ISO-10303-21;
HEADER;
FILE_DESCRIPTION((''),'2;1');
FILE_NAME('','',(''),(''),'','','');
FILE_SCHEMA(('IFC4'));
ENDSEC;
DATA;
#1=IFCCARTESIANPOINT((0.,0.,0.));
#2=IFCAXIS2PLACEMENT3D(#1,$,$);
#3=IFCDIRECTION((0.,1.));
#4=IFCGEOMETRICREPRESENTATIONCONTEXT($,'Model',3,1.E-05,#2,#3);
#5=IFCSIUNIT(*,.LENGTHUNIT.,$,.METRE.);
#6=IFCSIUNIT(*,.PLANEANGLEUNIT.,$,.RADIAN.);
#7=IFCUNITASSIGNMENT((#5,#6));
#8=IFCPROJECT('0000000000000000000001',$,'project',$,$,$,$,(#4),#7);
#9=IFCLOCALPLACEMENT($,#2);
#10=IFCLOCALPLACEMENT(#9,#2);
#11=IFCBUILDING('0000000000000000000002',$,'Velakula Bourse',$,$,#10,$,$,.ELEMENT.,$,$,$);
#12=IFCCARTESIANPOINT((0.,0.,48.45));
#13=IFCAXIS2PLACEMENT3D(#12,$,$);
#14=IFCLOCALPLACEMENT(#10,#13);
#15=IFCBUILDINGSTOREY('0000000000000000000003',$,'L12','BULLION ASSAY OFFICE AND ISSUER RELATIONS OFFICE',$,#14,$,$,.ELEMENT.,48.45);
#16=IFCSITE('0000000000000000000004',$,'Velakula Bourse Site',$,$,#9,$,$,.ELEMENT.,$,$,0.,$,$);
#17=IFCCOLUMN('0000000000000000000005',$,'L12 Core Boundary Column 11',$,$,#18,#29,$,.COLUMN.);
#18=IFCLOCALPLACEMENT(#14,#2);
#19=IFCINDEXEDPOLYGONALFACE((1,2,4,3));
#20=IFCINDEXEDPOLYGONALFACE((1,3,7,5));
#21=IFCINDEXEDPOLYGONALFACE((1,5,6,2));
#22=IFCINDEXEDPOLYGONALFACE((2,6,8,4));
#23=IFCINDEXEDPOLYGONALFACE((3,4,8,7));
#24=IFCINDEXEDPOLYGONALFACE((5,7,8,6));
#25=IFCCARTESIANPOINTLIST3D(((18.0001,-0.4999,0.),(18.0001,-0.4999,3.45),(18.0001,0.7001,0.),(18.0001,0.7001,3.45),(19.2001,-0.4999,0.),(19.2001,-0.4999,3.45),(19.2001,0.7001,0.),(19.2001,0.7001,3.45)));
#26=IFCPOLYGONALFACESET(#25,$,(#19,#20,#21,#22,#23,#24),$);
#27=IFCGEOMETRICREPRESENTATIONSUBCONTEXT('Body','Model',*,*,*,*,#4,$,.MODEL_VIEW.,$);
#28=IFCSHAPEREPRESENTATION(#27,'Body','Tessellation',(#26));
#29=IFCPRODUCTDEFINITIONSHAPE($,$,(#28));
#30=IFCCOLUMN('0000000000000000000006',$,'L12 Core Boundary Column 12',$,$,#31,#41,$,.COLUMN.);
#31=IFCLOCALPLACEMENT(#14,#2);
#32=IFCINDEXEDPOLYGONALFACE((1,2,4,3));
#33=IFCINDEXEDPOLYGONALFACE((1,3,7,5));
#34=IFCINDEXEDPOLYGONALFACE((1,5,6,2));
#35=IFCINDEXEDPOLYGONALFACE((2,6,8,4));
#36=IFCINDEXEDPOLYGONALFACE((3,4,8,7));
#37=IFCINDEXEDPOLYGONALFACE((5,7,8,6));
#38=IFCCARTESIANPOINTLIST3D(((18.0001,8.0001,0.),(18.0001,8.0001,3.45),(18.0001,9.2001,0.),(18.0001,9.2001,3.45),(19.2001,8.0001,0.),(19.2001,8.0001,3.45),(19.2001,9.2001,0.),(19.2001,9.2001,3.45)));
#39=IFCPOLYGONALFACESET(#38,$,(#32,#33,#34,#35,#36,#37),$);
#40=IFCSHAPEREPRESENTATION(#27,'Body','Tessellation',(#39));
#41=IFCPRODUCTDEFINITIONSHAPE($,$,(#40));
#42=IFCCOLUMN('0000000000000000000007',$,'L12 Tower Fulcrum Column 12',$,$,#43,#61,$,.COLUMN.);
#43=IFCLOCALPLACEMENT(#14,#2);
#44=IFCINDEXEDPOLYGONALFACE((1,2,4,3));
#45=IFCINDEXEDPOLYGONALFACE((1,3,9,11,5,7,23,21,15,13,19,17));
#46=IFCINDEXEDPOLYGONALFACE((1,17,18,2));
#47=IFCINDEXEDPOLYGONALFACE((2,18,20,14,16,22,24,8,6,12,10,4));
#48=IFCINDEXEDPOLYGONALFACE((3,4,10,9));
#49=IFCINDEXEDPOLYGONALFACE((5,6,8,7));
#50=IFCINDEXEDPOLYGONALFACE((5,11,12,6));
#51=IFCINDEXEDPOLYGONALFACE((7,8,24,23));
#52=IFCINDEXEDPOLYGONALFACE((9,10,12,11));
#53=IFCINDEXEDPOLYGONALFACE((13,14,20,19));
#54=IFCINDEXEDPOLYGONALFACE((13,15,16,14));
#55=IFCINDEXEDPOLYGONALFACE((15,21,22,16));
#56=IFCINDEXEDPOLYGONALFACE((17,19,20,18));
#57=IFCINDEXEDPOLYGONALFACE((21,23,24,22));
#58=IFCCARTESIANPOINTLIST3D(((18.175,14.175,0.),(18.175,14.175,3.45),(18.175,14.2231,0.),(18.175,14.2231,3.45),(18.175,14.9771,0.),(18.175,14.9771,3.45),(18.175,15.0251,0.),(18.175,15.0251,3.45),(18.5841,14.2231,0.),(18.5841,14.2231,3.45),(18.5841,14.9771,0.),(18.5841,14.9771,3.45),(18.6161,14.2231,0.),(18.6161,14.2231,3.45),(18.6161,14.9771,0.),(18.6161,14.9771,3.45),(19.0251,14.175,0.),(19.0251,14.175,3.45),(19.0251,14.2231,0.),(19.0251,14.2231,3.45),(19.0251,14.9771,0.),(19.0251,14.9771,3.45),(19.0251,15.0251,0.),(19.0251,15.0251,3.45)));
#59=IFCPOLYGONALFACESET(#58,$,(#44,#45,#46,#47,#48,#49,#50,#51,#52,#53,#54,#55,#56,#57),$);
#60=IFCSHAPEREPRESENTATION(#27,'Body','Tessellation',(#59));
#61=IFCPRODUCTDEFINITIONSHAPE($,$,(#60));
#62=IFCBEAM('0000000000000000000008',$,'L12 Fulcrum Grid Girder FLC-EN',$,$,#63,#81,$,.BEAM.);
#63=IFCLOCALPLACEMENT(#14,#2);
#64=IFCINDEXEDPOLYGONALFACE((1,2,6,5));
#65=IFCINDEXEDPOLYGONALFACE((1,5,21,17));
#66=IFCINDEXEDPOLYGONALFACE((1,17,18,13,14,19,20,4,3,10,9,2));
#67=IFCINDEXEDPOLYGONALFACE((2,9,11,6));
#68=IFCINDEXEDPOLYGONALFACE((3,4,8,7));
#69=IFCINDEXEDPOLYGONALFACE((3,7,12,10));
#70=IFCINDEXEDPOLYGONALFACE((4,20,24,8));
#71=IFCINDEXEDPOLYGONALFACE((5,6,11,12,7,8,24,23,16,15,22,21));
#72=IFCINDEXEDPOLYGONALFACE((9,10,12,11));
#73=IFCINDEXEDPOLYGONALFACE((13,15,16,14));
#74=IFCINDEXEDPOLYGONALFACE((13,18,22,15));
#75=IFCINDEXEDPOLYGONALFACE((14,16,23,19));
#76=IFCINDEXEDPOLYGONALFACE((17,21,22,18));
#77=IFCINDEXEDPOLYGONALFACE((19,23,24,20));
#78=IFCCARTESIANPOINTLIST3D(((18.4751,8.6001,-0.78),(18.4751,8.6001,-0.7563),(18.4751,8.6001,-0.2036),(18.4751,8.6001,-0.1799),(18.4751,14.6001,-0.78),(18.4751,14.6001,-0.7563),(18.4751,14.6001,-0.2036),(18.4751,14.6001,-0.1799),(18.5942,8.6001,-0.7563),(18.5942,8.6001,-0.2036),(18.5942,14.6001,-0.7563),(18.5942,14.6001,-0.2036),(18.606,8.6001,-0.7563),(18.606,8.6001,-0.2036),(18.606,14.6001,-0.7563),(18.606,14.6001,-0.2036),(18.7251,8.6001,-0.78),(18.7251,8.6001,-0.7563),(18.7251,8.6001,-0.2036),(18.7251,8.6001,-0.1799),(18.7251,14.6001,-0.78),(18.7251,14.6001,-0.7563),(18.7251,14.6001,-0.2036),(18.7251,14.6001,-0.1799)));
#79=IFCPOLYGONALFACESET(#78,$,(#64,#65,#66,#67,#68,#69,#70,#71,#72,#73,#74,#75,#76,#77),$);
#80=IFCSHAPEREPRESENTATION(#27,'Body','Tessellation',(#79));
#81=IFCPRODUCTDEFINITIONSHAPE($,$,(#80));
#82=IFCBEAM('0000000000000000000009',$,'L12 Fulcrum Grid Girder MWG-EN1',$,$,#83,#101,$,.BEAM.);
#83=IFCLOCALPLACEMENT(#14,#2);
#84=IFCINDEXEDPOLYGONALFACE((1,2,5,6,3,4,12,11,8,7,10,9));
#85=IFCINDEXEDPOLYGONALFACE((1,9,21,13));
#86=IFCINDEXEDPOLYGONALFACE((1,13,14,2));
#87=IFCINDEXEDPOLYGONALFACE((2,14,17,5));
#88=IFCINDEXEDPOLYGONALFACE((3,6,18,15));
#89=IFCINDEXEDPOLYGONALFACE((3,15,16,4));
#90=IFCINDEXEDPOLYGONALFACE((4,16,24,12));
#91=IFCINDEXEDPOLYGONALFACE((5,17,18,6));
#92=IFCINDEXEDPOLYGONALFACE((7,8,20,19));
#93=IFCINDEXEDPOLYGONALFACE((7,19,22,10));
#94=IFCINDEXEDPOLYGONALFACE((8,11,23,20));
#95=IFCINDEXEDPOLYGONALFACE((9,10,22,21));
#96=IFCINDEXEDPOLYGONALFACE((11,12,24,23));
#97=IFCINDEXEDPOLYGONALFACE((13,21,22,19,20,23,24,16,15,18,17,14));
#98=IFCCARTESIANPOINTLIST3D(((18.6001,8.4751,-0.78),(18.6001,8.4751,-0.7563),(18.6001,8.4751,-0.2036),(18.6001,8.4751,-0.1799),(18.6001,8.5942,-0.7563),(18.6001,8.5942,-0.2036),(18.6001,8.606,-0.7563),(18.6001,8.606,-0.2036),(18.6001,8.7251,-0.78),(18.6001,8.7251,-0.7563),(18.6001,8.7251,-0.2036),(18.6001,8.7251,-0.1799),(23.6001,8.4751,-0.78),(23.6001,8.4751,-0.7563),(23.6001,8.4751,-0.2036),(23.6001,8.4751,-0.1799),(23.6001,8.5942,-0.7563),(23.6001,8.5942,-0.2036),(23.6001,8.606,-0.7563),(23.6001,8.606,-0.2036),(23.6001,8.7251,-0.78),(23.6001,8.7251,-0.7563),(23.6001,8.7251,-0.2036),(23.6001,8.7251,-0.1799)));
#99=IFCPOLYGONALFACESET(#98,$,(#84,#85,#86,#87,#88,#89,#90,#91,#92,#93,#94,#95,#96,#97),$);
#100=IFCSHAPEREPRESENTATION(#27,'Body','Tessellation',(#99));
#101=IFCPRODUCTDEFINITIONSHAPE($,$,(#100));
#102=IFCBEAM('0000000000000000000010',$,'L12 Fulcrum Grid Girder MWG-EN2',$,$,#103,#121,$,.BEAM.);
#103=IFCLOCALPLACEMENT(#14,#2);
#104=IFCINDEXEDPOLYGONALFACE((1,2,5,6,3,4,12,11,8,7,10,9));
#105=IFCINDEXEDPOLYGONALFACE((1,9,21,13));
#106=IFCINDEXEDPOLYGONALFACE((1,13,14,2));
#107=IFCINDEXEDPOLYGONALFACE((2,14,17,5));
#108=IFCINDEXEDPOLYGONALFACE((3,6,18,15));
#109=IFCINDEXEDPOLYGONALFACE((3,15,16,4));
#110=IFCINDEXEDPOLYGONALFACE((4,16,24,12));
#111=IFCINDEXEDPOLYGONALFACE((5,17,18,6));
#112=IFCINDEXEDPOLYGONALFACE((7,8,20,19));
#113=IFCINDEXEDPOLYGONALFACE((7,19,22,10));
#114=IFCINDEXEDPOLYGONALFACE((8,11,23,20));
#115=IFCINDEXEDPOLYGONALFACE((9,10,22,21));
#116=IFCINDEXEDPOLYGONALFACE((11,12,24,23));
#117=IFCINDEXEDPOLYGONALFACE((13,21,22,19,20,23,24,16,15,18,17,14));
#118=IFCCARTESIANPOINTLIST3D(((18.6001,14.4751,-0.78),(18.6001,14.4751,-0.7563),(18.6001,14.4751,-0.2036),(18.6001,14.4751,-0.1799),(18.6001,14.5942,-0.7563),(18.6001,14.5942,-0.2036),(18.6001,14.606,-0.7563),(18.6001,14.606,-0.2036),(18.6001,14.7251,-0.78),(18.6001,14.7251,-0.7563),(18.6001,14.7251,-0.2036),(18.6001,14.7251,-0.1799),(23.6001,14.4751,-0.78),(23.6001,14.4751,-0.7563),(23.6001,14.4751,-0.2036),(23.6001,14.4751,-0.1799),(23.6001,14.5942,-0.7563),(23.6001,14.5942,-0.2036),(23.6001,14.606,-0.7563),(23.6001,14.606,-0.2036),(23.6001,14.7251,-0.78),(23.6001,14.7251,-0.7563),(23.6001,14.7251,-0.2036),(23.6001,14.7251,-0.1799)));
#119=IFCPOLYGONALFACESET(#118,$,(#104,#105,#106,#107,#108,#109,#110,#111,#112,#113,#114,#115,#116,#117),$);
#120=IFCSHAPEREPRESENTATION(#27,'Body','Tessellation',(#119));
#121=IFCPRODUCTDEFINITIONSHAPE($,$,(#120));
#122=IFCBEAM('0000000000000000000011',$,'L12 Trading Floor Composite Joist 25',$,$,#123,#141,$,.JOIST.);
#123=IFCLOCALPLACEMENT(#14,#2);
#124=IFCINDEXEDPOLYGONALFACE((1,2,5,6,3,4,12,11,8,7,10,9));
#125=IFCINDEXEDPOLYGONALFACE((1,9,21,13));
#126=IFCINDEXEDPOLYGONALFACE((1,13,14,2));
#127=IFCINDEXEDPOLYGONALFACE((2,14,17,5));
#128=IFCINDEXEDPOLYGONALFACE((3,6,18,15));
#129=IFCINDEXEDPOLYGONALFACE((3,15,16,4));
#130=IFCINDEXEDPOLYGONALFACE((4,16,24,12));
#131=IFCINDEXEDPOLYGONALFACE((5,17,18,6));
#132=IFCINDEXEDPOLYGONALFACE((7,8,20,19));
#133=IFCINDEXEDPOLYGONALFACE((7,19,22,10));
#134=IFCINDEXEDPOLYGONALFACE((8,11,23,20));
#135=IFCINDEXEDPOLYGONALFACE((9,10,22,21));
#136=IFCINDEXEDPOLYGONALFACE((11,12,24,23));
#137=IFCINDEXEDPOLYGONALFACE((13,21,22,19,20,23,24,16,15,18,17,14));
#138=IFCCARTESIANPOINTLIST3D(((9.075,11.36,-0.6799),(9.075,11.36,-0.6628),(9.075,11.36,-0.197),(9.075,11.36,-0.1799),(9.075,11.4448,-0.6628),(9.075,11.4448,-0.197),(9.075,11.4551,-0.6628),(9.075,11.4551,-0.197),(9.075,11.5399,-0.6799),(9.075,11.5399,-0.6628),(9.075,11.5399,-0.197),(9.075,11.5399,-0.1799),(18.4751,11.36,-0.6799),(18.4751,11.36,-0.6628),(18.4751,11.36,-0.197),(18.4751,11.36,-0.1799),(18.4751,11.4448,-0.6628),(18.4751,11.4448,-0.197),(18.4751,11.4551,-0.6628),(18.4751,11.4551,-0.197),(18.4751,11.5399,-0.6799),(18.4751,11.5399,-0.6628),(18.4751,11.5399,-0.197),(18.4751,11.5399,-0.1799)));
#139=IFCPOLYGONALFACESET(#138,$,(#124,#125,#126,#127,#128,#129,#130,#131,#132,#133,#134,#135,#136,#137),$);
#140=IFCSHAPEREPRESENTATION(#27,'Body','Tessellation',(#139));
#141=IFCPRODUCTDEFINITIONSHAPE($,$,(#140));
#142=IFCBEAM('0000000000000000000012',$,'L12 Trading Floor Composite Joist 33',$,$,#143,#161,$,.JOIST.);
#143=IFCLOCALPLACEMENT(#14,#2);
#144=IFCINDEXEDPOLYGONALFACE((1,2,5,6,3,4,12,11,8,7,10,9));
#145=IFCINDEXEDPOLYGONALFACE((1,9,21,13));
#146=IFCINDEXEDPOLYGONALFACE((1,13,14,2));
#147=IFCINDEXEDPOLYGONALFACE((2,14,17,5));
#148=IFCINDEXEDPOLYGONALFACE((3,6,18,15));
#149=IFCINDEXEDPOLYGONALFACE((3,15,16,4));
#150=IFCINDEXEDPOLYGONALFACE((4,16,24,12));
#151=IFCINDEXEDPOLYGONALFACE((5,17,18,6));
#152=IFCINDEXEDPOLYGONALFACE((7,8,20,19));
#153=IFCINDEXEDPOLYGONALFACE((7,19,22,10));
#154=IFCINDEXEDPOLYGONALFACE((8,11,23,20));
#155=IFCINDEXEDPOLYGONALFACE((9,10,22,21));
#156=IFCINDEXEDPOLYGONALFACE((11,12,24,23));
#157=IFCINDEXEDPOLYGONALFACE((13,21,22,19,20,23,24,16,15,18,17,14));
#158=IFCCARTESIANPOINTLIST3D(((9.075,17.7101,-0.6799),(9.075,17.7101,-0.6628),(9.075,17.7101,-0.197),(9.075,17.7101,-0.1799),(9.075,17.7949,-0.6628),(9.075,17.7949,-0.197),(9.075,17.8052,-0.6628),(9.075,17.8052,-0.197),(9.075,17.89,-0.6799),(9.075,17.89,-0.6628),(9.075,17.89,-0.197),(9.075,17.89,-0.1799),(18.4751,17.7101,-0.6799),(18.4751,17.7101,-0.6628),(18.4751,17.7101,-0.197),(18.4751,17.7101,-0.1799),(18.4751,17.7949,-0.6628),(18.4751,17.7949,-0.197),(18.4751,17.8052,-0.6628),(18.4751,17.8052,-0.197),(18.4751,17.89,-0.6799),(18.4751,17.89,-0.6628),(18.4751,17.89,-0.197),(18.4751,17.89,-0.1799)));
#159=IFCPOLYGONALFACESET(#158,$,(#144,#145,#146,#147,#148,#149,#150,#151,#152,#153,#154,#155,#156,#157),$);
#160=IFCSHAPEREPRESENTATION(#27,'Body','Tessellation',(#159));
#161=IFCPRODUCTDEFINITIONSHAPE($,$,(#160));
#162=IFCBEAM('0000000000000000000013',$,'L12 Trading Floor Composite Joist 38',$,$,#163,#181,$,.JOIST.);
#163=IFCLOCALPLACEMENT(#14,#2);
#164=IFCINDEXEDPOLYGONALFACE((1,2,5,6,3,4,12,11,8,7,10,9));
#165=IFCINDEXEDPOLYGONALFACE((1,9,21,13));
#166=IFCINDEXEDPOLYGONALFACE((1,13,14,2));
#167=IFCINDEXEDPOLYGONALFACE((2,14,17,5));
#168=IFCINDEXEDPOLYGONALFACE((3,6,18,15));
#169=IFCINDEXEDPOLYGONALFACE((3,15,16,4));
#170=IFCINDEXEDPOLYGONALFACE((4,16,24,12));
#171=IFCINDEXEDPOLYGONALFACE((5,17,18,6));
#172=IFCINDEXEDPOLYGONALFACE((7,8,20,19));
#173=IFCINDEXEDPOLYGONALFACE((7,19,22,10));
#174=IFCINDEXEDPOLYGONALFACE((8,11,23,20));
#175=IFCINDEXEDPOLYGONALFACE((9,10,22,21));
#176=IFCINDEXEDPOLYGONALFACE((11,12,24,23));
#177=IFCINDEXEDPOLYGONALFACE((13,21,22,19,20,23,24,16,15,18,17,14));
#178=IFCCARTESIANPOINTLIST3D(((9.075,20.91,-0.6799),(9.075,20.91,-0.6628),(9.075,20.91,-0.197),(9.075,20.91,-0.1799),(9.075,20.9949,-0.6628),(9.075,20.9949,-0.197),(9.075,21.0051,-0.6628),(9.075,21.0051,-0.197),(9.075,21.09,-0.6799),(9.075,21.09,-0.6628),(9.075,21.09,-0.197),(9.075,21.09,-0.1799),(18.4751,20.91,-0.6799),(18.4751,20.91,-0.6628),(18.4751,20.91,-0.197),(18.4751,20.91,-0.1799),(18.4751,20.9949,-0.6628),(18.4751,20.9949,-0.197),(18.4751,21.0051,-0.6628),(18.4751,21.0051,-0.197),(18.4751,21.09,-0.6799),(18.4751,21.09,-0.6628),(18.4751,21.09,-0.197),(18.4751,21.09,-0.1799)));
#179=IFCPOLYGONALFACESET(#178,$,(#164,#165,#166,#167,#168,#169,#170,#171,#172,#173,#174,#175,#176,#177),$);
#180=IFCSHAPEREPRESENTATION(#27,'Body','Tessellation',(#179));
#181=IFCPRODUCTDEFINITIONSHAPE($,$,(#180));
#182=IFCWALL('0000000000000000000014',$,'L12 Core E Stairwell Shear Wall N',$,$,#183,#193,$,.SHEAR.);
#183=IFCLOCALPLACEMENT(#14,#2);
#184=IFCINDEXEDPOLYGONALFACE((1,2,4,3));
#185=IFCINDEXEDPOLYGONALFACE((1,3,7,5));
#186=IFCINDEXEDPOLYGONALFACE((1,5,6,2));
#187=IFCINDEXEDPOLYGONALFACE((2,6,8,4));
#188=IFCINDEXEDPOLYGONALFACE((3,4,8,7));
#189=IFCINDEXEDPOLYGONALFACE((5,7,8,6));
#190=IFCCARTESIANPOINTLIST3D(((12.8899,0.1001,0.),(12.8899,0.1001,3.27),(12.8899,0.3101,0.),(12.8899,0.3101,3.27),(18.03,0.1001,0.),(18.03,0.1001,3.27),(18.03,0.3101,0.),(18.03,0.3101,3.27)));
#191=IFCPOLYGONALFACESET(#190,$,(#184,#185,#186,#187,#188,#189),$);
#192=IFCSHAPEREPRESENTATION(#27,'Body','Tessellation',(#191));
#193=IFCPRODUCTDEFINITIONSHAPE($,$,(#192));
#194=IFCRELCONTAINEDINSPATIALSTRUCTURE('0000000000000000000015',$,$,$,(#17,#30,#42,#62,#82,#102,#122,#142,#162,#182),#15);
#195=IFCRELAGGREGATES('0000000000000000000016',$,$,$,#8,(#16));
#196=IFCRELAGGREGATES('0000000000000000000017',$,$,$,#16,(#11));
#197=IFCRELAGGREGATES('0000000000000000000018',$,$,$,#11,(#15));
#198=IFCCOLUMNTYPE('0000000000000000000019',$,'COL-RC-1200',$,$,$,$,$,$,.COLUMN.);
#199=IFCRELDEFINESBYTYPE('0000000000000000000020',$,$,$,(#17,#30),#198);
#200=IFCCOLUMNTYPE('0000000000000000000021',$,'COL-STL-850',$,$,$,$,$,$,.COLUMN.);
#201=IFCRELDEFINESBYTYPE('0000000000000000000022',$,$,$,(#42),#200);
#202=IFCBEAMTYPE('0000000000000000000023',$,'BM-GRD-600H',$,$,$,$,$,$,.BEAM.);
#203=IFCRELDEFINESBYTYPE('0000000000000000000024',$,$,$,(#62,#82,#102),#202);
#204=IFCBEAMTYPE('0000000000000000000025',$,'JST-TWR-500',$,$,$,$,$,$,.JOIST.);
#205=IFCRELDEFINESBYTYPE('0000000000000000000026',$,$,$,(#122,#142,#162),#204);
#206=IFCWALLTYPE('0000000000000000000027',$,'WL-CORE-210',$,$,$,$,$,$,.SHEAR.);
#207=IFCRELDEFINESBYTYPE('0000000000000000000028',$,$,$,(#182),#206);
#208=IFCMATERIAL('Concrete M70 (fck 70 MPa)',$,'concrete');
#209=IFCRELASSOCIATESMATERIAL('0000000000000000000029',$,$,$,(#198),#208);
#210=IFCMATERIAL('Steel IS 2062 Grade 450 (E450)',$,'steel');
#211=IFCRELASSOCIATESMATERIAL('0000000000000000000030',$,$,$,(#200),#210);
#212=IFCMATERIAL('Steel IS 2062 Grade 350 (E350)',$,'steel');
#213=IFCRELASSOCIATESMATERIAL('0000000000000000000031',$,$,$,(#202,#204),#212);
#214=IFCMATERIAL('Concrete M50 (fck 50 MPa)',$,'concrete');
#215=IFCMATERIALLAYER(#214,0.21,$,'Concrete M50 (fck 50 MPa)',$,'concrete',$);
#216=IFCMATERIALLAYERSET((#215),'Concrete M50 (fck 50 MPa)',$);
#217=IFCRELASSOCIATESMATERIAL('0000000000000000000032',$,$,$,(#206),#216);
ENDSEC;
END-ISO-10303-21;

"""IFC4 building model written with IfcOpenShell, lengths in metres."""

from ifc_helpers import new_model, si_unit, direction, frame, frame_2d, origin, origin_2d, place, context, subcontext, project, spatial, rectangle, i_section, extrude, material, layer, layer_set, material_profile, profile_set, type_object, element, save


model = new_model("IFC4")

# Units and contexts
model_context = context("Model", 3, precision=1e-05, world=origin(), true_north=direction((0.0, 1.0)))
body_context = subcontext(model_context, "Body", "Model", "MODEL_VIEW")
ifc_project = project(units=[si_unit("LENGTHUNIT", "METRE"), si_unit("PLANEANGLEUNIT", "RADIAN")], contexts=[model_context])

# Site, building, storey
site_placement = place(None, origin())
site = spatial("IfcSite", under=ifc_project, at=site_placement, Name="Velakula Bourse Site", CompositionType="ELEMENT", RefElevation=0.0)
building_placement = place(site_placement, origin())
building = spatial("IfcBuilding", under=site, at=building_placement, Name="Velakula Bourse", CompositionType="ELEMENT")
storey_placement = place(building_placement, frame((0.0, 0.0, 48.45)))
storey = spatial("IfcBuildingStorey", under=building, at=storey_placement, Name="L12", Description="BULLION ASSAY OFFICE AND ISSUER RELATIONS OFFICE", CompositionType="ELEMENT", Elevation=48.45)

# Columns
ifc_material_1 = material(Name="Concrete M70 (fck 70 MPa)", Category="concrete")
ifc_material_profile_1 = material_profile(ifc_material_1, rectangle(XDim=1.2, YDim=1.2, at=origin_2d()), Name="Concrete M70 (fck 70 MPa)")
ifc_profile_set_1 = profile_set([ifc_material_profile_1], Name="Concrete M70 (fck 70 MPa)")
column_type_1 = type_object("IfcColumnType", Name="COL-RC-1200", PredefinedType="COLUMN", material=ifc_profile_set_1)
for number, where, z_axis, x_axis, name in (
    (1, (18.6001, 0.1001, 0.0), (0.0, 0.0, 1.0), (1.0, 0.0, 0.0), "L12 Core Boundary Column 11"),
    (2, (18.6001, 8.6001, 0.0), (0.0, 0.0, 1.0), (1.0, 0.0, 0.0), "L12 Core Boundary Column 12"),
):
    element("IfcColumn", number, at=place(storey_placement, frame(where, z_axis=z_axis, x_axis=x_axis)), inside=storey, type_object=column_type_1, Name=name, PredefinedType="COLUMN", context=body_context, shape_type="SweptSolid", body=[
        extrude(rectangle(XDim=1.2, YDim=1.2, at=origin_2d()), origin(), (0.0, 0.0, 1.0), 3.45),
    ])
ifc_material_2 = material(Name="Steel IS 2062 Grade 450 (E450)", Category="steel")
ifc_material_profile_2 = material_profile(ifc_material_2, i_section(OverallWidth=0.8501, OverallDepth=0.8501, WebThickness=0.032, FlangeThickness=0.0481, at=origin_2d()), Name="Steel IS 2062 Grade 450 (E450)")
ifc_profile_set_2 = profile_set([ifc_material_profile_2], Name="Steel IS 2062 Grade 450 (E450)")
column_type_2 = type_object("IfcColumnType", Name="COL-STL-850", PredefinedType="COLUMN", material=ifc_profile_set_2)
column_placement = place(storey_placement, frame((18.6001, 14.6001, 0.0), z_axis=(0.0, 0.0, 1.0), x_axis=(1.0, 0.0, 0.0)))
element("IfcColumn", 3, at=column_placement, inside=storey, type_object=column_type_2, Name="L12 Tower Fulcrum Column 12", PredefinedType="COLUMN", context=body_context, shape_type="SweptSolid", body=[
    extrude(i_section(OverallWidth=0.8501, OverallDepth=0.8501, WebThickness=0.032, FlangeThickness=0.0481, at=origin_2d()), origin(), (0.0, 0.0, 1.0), 3.45),
])

# Beams
ifc_material_3 = material(Name="Steel IS 2062 Grade 350 (E350)", Category="steel")
ifc_material_profile_3 = material_profile(ifc_material_3, i_section(OverallWidth=0.25, OverallDepth=0.6001, WebThickness=0.0117, FlangeThickness=0.0237, at=origin_2d()), Name="Steel IS 2062 Grade 350 (E350)")
ifc_profile_set_3 = profile_set([ifc_material_profile_3], Name="Steel IS 2062 Grade 350 (E350)")
beam_type_1 = type_object("IfcBeamType", Name="BM-GRD-600H", PredefinedType="BEAM", material=ifc_profile_set_3)
beam_placement = place(storey_placement, frame((18.6001, 8.6001, -0.48), z_axis=(0.0, 1.0, 0.0), x_axis=(-1.0, 0.0, 0.0)))
element("IfcBeam", 4, at=beam_placement, inside=storey, type_object=beam_type_1, Name="L12 Fulcrum Grid Girder FLC-EN", PredefinedType="BEAM", context=body_context, shape_type="SweptSolid", body=[
    extrude(i_section(OverallWidth=0.25, OverallDepth=0.6001, WebThickness=0.0117, FlangeThickness=0.0237, at=origin_2d()), origin(), (0.0, 0.0, 1.0), 6.0),
])
for number, where, z_axis, x_axis, name in (
    (5, (18.6001, 8.6001, -0.48), (1.0, 0.0, 0.0), (0.0, 1.0, 0.0), "L12 Fulcrum Grid Girder MWG-EN1"),
    (6, (18.6001, 14.6001, -0.48), (1.0, 0.0, 0.0), (0.0, 1.0, 0.0), "L12 Fulcrum Grid Girder MWG-EN2"),
):
    element("IfcBeam", number, at=place(storey_placement, frame(where, z_axis=z_axis, x_axis=x_axis)), inside=storey, type_object=beam_type_1, Name=name, PredefinedType="BEAM", context=body_context, shape_type="SweptSolid", body=[
        extrude(i_section(OverallWidth=0.25, OverallDepth=0.6001, WebThickness=0.0117, FlangeThickness=0.0237, at=origin_2d()), origin(), (0.0, 0.0, 1.0), 5.0),
    ])
ifc_material_profile_4 = material_profile(ifc_material_3, i_section(OverallWidth=0.1799, OverallDepth=0.5, WebThickness=0.0103, FlangeThickness=0.0171, at=origin_2d()), Name="Steel IS 2062 Grade 350 (E350)")
ifc_profile_set_4 = profile_set([ifc_material_profile_4], Name="Steel IS 2062 Grade 350 (E350)")
beam_type_2 = type_object("IfcBeamType", Name="JST-TWR-500", PredefinedType="JOIST", material=ifc_profile_set_4)
for number, where, z_axis, x_axis, name in (
    (7, (9.075, 11.45, -0.4299), (1.0, 0.0, 0.0), (0.0, 1.0, 0.0), "L12 Trading Floor Composite Joist 25"),
    (8, (9.075, 17.8, -0.4299), (1.0, 0.0, 0.0), (0.0, 1.0, 0.0), "L12 Trading Floor Composite Joist 33"),
    (9, (9.075, 21.0, -0.4299), (1.0, 0.0, 0.0), (0.0, 1.0, 0.0), "L12 Trading Floor Composite Joist 38"),
):
    element("IfcBeam", number, at=place(storey_placement, frame(where, z_axis=z_axis, x_axis=x_axis)), inside=storey, type_object=beam_type_2, Name=name, PredefinedType="JOIST", context=body_context, shape_type="SweptSolid", body=[
        extrude(i_section(OverallWidth=0.1799, OverallDepth=0.5, WebThickness=0.0103, FlangeThickness=0.0171, at=origin_2d()), origin(), (0.0, 0.0, 1.0), 9.4001),
    ])

# Wall
ifc_material_4 = material(Name="Concrete M50 (fck 50 MPa)", Category="concrete")
ifc_layer_1 = layer(ifc_material_4, 0.21, Name="Concrete M50 (fck 50 MPa)", Category="concrete")
ifc_layer_set_1 = layer_set([ifc_layer_1], Name="Concrete M50 (fck 50 MPa)")
wall_type_1 = type_object("IfcWallType", Name="WL-CORE-210", PredefinedType="SHEAR", material=ifc_layer_set_1)
wall_1_placement = place(storey_placement, frame((18.03, 0.2051, 0.0), z_axis=(0.0, 0.0, 1.0), x_axis=(-1.0, 0.0, 0.0)))
element("IfcWall", 10, at=wall_1_placement, inside=storey, type_object=wall_type_1, Name="L12 Core E Stairwell Shear Wall N", PredefinedType="SHEAR", context=body_context, shape_type="SweptSolid", body=[
    extrude(rectangle(XDim=5.1401, YDim=0.21, at=frame_2d((2.5701, 0.0))), origin(), (0.0, 0.0, 1.0), 3.27),
])

save(model, "model.ifc")
